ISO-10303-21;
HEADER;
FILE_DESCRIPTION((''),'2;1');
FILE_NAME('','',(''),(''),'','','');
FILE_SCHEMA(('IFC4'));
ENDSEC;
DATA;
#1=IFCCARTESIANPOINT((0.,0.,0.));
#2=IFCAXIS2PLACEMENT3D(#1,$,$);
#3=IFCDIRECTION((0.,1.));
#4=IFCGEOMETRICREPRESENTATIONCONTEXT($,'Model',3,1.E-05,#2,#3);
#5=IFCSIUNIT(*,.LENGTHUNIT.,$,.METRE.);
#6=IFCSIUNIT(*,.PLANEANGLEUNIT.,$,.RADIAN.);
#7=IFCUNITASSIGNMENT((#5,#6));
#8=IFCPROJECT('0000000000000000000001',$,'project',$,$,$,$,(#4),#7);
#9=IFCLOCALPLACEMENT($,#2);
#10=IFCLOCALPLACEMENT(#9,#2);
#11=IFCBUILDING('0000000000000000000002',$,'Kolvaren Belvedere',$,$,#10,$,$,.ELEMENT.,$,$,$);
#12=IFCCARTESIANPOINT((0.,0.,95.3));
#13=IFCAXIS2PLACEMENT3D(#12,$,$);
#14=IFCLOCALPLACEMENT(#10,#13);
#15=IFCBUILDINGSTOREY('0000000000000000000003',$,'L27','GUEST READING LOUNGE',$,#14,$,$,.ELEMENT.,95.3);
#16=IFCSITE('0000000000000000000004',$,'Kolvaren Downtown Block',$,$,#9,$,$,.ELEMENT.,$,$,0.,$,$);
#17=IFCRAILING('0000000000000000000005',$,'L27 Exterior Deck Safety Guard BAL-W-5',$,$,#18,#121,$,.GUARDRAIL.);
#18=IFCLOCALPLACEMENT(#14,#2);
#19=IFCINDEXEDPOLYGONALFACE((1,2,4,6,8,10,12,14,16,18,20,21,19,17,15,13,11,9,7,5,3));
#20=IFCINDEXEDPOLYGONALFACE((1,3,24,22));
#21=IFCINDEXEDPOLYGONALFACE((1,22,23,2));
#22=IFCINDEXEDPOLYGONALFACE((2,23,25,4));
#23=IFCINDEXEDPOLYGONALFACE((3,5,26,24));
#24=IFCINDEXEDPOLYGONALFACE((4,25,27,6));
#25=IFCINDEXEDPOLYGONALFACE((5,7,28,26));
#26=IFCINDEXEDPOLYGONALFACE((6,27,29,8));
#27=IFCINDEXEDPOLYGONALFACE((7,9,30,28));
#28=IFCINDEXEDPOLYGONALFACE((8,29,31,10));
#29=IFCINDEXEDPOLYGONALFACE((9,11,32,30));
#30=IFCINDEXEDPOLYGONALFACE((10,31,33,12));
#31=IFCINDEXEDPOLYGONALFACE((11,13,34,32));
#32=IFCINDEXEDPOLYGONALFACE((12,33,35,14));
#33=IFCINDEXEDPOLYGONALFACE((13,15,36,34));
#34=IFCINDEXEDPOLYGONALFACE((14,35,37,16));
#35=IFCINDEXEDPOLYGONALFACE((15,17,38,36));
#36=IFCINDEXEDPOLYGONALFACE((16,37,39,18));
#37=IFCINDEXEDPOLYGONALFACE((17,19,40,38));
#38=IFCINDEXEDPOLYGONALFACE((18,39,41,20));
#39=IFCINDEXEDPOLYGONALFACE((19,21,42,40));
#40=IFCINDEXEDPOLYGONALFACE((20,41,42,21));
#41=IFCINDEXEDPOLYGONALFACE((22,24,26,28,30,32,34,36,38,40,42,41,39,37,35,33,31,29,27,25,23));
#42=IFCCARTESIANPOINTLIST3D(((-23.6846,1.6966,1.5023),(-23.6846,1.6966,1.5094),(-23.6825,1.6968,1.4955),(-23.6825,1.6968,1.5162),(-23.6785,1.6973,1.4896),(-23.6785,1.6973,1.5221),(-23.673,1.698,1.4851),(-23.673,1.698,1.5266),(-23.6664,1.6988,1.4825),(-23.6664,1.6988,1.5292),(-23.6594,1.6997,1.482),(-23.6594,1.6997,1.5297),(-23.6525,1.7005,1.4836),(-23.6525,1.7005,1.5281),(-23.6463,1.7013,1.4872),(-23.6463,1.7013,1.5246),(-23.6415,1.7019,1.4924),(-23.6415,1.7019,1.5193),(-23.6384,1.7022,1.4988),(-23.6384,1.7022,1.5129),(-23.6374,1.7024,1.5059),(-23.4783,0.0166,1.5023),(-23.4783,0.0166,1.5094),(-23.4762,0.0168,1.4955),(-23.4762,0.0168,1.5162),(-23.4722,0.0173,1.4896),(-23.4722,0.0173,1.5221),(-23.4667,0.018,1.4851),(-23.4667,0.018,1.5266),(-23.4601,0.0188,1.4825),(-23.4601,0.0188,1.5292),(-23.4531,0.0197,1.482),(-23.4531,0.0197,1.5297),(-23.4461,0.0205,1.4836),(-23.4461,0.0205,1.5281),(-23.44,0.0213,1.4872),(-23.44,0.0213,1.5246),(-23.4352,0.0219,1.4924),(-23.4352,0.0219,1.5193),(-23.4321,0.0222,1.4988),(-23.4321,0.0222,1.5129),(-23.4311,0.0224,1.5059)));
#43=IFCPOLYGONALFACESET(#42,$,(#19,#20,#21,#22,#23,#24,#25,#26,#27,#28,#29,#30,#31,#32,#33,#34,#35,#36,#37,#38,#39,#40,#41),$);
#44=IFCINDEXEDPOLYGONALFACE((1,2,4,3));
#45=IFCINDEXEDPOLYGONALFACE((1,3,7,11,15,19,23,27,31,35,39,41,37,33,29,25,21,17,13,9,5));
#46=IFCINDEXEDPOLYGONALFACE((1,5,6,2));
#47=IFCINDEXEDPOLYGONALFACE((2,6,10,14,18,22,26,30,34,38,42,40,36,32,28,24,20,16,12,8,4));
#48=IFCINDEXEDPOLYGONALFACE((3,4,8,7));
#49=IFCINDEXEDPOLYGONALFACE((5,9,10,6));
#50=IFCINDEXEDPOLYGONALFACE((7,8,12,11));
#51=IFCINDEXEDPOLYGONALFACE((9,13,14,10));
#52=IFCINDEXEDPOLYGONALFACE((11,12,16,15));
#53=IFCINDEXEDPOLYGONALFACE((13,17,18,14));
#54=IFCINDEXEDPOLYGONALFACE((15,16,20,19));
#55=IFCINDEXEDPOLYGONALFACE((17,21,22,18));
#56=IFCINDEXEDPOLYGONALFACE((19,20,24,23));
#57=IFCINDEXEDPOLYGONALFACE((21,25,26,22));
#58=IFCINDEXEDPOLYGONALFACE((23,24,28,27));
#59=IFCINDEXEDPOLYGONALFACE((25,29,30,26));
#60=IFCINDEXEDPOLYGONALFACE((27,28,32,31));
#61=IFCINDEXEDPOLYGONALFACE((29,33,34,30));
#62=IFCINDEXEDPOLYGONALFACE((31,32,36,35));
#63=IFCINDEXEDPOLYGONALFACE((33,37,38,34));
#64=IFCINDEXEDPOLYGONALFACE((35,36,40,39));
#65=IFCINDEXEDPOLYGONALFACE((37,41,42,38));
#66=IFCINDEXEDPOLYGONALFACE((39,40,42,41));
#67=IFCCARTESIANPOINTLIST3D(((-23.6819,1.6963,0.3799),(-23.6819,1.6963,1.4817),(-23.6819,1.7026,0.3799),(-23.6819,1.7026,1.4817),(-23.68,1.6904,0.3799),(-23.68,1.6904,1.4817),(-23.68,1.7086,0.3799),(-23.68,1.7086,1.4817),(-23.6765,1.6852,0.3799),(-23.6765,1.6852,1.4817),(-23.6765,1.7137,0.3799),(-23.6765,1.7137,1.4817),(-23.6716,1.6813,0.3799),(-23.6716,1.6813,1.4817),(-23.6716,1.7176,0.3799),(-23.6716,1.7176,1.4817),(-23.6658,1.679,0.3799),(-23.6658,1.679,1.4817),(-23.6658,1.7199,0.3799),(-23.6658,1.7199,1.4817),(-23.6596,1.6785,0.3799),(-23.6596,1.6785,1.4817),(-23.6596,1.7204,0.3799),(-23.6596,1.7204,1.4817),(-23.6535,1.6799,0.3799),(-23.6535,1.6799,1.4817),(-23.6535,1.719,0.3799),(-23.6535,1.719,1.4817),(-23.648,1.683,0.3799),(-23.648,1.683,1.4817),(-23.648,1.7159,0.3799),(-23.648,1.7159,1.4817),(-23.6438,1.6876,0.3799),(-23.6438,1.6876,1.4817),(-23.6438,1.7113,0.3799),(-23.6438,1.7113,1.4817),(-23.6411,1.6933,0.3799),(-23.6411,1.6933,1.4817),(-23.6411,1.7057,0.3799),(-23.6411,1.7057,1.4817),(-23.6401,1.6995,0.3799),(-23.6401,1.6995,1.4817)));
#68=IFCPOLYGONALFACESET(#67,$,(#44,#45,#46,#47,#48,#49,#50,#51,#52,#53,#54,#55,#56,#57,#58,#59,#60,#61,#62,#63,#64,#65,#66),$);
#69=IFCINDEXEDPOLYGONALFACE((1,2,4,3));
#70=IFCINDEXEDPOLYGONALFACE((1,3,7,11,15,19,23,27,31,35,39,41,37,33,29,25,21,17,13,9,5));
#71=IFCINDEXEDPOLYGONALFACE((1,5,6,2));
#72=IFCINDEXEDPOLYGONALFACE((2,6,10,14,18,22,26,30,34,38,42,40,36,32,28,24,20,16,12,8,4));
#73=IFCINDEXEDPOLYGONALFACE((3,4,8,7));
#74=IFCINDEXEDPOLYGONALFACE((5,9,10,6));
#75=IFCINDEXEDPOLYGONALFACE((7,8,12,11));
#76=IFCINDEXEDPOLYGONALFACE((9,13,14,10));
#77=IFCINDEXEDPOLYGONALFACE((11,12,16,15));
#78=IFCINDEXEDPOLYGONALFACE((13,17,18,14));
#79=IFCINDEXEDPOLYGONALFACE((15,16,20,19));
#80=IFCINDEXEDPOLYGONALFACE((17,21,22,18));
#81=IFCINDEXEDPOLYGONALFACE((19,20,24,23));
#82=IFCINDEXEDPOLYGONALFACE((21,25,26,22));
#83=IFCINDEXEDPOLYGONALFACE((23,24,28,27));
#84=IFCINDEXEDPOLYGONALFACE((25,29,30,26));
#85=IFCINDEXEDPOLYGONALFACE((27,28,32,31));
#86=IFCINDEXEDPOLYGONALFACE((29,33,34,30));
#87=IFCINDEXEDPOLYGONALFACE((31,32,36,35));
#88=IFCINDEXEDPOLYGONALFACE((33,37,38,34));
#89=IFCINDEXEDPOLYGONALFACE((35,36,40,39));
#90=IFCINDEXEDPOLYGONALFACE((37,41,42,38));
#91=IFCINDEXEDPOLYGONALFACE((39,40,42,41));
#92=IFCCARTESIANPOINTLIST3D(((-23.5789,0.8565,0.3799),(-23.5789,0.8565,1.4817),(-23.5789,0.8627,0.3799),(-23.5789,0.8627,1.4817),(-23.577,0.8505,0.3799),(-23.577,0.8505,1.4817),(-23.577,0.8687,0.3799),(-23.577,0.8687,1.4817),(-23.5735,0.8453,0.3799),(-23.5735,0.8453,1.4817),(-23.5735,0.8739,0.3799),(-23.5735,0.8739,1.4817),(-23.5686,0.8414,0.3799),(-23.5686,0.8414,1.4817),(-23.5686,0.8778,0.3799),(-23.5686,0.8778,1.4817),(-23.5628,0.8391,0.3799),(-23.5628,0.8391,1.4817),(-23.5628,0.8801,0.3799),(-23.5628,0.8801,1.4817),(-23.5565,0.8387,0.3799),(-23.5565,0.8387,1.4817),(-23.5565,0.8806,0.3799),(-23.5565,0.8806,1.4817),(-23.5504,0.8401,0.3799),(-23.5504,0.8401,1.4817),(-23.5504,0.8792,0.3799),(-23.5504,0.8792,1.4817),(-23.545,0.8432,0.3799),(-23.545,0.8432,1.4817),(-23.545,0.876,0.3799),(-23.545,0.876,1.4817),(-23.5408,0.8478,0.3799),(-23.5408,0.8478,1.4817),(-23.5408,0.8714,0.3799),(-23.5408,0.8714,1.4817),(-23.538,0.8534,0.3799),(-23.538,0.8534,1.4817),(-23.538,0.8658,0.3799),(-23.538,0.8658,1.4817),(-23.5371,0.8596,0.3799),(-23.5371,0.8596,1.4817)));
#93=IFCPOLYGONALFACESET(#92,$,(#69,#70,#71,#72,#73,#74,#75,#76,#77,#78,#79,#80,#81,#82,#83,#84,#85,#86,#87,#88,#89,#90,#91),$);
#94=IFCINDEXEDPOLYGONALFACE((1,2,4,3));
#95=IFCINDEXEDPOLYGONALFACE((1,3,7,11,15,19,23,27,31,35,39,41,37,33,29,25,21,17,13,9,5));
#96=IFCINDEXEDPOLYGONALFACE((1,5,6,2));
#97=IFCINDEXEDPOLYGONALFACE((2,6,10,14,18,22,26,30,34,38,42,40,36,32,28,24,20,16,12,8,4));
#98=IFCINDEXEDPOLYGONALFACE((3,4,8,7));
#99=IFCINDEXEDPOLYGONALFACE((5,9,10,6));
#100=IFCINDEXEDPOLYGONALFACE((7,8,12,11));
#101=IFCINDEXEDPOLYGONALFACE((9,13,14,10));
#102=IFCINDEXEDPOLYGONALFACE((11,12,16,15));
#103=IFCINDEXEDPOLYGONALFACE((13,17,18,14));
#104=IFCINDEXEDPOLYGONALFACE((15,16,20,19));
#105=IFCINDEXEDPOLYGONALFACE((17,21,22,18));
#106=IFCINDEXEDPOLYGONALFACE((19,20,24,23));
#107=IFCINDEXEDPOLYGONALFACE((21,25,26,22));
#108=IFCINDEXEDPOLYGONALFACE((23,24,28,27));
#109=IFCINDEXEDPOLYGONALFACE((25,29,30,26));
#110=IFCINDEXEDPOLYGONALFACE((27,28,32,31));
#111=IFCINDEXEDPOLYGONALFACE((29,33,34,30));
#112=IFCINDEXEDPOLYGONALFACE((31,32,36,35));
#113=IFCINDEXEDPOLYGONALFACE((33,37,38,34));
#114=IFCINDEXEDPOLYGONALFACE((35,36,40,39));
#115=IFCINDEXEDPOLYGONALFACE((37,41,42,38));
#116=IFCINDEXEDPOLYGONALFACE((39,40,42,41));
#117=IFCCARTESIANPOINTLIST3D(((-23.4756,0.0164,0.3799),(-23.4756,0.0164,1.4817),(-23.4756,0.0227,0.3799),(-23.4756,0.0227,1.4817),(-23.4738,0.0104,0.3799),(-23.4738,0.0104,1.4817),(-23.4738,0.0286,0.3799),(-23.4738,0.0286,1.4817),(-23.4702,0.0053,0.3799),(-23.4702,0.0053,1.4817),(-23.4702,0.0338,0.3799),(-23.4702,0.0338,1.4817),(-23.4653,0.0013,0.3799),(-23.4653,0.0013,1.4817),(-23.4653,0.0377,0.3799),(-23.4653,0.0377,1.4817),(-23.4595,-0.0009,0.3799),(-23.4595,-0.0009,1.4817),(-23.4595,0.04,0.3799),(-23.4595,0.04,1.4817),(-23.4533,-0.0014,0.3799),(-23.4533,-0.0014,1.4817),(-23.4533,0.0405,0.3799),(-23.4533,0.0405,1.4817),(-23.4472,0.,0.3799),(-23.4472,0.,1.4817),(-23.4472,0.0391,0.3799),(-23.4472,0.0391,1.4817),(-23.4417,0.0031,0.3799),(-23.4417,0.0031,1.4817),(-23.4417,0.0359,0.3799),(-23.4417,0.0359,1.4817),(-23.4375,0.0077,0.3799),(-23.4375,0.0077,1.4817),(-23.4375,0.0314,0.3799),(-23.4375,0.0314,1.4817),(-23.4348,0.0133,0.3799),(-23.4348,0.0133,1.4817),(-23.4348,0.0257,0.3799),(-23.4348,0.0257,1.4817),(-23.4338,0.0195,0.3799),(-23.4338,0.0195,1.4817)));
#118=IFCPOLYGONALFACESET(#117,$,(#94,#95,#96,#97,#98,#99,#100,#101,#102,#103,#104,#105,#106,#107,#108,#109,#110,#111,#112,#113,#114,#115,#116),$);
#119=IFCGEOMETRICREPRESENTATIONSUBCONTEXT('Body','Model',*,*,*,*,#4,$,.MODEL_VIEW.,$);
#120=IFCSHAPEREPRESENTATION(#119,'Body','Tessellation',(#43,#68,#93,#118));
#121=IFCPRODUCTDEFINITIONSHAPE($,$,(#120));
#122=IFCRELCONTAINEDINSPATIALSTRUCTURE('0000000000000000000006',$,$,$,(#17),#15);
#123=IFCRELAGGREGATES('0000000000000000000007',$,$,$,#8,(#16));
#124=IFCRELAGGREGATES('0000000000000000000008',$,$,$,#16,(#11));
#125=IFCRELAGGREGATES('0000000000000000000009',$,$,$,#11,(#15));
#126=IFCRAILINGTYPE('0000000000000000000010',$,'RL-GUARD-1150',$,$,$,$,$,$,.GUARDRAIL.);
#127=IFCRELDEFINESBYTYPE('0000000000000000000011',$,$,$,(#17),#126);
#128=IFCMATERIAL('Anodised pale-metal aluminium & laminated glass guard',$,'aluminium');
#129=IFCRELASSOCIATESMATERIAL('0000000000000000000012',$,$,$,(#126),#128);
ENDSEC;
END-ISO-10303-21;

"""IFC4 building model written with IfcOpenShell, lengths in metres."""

from ifc_helpers import new_model, si_unit, direction, frame, origin, origin_2d, place, context, subcontext, project, spatial, circle, extrude, material, type_object, element, save


model = new_model("IFC4")

# Units and contexts
model_context = context("Model", 3, precision=1e-05, world=origin(), true_north=direction((0.0, 1.0)))
body_context = subcontext(model_context, "Body", "Model", "MODEL_VIEW")
ifc_project = project(units=[si_unit("LENGTHUNIT", "METRE"), si_unit("PLANEANGLEUNIT", "RADIAN")], contexts=[model_context])

# Site, building, storey
site_placement = place(None, origin())
site = spatial("IfcSite", under=ifc_project, at=site_placement, Name="Kolvaren Downtown Block", CompositionType="ELEMENT", RefElevation=0.0)
building_placement = place(site_placement, origin())
building = spatial("IfcBuilding", under=site, at=building_placement, Name="Kolvaren Belvedere", CompositionType="ELEMENT")
storey_placement = place(building_placement, frame((0.0, 0.0, 95.3)))
storey = spatial("IfcBuildingStorey", under=building, at=storey_placement, Name="L27", Description="GUEST READING LOUNGE", CompositionType="ELEMENT", Elevation=95.3)

# Railing
ifc_material_1 = material(Name="Anodised pale-metal aluminium & laminated glass guard", Category="aluminium")
railing_type = type_object("IfcRailingType", Name="RL-GUARD-1150", PredefinedType="GUARDRAIL", material=ifc_material_1)
railing_1_placement = place(storey_placement, frame((-23.6611, 1.6995, 0.3799)))
element("IfcRailing", 1, at=railing_1_placement, inside=storey, type_object=railing_type, Name="L27 Exterior Deck Safety Guard BAL-W-5", PredefinedType="GUARDRAIL", context=body_context, shape_type="SweptSolid", body=[
    extrude(circle(Radius=0.0239, at=origin_2d()), frame((0.0, 0.0, 1.126), z_axis=(0.121886, -0.992544, 0.0), x_axis=(0.992544, 0.121886, 0.0)), (0.0, 0.0, 1.0), 1.6926),
    extrude(circle(Radius=0.021, at=origin_2d()), origin(), (0.0, 0.0, 1.0), 1.1018),
    extrude(circle(Radius=0.021, at=origin_2d()), frame((0.103, -0.8398, 0.0)), (0.0, 0.0, 1.0), 1.1018),
    extrude(circle(Radius=0.021, at=origin_2d()), frame((0.2063, -1.6799, 0.0)), (0.0, 0.0, 1.0), 1.1018),
])

save(model, "model.ifc")
